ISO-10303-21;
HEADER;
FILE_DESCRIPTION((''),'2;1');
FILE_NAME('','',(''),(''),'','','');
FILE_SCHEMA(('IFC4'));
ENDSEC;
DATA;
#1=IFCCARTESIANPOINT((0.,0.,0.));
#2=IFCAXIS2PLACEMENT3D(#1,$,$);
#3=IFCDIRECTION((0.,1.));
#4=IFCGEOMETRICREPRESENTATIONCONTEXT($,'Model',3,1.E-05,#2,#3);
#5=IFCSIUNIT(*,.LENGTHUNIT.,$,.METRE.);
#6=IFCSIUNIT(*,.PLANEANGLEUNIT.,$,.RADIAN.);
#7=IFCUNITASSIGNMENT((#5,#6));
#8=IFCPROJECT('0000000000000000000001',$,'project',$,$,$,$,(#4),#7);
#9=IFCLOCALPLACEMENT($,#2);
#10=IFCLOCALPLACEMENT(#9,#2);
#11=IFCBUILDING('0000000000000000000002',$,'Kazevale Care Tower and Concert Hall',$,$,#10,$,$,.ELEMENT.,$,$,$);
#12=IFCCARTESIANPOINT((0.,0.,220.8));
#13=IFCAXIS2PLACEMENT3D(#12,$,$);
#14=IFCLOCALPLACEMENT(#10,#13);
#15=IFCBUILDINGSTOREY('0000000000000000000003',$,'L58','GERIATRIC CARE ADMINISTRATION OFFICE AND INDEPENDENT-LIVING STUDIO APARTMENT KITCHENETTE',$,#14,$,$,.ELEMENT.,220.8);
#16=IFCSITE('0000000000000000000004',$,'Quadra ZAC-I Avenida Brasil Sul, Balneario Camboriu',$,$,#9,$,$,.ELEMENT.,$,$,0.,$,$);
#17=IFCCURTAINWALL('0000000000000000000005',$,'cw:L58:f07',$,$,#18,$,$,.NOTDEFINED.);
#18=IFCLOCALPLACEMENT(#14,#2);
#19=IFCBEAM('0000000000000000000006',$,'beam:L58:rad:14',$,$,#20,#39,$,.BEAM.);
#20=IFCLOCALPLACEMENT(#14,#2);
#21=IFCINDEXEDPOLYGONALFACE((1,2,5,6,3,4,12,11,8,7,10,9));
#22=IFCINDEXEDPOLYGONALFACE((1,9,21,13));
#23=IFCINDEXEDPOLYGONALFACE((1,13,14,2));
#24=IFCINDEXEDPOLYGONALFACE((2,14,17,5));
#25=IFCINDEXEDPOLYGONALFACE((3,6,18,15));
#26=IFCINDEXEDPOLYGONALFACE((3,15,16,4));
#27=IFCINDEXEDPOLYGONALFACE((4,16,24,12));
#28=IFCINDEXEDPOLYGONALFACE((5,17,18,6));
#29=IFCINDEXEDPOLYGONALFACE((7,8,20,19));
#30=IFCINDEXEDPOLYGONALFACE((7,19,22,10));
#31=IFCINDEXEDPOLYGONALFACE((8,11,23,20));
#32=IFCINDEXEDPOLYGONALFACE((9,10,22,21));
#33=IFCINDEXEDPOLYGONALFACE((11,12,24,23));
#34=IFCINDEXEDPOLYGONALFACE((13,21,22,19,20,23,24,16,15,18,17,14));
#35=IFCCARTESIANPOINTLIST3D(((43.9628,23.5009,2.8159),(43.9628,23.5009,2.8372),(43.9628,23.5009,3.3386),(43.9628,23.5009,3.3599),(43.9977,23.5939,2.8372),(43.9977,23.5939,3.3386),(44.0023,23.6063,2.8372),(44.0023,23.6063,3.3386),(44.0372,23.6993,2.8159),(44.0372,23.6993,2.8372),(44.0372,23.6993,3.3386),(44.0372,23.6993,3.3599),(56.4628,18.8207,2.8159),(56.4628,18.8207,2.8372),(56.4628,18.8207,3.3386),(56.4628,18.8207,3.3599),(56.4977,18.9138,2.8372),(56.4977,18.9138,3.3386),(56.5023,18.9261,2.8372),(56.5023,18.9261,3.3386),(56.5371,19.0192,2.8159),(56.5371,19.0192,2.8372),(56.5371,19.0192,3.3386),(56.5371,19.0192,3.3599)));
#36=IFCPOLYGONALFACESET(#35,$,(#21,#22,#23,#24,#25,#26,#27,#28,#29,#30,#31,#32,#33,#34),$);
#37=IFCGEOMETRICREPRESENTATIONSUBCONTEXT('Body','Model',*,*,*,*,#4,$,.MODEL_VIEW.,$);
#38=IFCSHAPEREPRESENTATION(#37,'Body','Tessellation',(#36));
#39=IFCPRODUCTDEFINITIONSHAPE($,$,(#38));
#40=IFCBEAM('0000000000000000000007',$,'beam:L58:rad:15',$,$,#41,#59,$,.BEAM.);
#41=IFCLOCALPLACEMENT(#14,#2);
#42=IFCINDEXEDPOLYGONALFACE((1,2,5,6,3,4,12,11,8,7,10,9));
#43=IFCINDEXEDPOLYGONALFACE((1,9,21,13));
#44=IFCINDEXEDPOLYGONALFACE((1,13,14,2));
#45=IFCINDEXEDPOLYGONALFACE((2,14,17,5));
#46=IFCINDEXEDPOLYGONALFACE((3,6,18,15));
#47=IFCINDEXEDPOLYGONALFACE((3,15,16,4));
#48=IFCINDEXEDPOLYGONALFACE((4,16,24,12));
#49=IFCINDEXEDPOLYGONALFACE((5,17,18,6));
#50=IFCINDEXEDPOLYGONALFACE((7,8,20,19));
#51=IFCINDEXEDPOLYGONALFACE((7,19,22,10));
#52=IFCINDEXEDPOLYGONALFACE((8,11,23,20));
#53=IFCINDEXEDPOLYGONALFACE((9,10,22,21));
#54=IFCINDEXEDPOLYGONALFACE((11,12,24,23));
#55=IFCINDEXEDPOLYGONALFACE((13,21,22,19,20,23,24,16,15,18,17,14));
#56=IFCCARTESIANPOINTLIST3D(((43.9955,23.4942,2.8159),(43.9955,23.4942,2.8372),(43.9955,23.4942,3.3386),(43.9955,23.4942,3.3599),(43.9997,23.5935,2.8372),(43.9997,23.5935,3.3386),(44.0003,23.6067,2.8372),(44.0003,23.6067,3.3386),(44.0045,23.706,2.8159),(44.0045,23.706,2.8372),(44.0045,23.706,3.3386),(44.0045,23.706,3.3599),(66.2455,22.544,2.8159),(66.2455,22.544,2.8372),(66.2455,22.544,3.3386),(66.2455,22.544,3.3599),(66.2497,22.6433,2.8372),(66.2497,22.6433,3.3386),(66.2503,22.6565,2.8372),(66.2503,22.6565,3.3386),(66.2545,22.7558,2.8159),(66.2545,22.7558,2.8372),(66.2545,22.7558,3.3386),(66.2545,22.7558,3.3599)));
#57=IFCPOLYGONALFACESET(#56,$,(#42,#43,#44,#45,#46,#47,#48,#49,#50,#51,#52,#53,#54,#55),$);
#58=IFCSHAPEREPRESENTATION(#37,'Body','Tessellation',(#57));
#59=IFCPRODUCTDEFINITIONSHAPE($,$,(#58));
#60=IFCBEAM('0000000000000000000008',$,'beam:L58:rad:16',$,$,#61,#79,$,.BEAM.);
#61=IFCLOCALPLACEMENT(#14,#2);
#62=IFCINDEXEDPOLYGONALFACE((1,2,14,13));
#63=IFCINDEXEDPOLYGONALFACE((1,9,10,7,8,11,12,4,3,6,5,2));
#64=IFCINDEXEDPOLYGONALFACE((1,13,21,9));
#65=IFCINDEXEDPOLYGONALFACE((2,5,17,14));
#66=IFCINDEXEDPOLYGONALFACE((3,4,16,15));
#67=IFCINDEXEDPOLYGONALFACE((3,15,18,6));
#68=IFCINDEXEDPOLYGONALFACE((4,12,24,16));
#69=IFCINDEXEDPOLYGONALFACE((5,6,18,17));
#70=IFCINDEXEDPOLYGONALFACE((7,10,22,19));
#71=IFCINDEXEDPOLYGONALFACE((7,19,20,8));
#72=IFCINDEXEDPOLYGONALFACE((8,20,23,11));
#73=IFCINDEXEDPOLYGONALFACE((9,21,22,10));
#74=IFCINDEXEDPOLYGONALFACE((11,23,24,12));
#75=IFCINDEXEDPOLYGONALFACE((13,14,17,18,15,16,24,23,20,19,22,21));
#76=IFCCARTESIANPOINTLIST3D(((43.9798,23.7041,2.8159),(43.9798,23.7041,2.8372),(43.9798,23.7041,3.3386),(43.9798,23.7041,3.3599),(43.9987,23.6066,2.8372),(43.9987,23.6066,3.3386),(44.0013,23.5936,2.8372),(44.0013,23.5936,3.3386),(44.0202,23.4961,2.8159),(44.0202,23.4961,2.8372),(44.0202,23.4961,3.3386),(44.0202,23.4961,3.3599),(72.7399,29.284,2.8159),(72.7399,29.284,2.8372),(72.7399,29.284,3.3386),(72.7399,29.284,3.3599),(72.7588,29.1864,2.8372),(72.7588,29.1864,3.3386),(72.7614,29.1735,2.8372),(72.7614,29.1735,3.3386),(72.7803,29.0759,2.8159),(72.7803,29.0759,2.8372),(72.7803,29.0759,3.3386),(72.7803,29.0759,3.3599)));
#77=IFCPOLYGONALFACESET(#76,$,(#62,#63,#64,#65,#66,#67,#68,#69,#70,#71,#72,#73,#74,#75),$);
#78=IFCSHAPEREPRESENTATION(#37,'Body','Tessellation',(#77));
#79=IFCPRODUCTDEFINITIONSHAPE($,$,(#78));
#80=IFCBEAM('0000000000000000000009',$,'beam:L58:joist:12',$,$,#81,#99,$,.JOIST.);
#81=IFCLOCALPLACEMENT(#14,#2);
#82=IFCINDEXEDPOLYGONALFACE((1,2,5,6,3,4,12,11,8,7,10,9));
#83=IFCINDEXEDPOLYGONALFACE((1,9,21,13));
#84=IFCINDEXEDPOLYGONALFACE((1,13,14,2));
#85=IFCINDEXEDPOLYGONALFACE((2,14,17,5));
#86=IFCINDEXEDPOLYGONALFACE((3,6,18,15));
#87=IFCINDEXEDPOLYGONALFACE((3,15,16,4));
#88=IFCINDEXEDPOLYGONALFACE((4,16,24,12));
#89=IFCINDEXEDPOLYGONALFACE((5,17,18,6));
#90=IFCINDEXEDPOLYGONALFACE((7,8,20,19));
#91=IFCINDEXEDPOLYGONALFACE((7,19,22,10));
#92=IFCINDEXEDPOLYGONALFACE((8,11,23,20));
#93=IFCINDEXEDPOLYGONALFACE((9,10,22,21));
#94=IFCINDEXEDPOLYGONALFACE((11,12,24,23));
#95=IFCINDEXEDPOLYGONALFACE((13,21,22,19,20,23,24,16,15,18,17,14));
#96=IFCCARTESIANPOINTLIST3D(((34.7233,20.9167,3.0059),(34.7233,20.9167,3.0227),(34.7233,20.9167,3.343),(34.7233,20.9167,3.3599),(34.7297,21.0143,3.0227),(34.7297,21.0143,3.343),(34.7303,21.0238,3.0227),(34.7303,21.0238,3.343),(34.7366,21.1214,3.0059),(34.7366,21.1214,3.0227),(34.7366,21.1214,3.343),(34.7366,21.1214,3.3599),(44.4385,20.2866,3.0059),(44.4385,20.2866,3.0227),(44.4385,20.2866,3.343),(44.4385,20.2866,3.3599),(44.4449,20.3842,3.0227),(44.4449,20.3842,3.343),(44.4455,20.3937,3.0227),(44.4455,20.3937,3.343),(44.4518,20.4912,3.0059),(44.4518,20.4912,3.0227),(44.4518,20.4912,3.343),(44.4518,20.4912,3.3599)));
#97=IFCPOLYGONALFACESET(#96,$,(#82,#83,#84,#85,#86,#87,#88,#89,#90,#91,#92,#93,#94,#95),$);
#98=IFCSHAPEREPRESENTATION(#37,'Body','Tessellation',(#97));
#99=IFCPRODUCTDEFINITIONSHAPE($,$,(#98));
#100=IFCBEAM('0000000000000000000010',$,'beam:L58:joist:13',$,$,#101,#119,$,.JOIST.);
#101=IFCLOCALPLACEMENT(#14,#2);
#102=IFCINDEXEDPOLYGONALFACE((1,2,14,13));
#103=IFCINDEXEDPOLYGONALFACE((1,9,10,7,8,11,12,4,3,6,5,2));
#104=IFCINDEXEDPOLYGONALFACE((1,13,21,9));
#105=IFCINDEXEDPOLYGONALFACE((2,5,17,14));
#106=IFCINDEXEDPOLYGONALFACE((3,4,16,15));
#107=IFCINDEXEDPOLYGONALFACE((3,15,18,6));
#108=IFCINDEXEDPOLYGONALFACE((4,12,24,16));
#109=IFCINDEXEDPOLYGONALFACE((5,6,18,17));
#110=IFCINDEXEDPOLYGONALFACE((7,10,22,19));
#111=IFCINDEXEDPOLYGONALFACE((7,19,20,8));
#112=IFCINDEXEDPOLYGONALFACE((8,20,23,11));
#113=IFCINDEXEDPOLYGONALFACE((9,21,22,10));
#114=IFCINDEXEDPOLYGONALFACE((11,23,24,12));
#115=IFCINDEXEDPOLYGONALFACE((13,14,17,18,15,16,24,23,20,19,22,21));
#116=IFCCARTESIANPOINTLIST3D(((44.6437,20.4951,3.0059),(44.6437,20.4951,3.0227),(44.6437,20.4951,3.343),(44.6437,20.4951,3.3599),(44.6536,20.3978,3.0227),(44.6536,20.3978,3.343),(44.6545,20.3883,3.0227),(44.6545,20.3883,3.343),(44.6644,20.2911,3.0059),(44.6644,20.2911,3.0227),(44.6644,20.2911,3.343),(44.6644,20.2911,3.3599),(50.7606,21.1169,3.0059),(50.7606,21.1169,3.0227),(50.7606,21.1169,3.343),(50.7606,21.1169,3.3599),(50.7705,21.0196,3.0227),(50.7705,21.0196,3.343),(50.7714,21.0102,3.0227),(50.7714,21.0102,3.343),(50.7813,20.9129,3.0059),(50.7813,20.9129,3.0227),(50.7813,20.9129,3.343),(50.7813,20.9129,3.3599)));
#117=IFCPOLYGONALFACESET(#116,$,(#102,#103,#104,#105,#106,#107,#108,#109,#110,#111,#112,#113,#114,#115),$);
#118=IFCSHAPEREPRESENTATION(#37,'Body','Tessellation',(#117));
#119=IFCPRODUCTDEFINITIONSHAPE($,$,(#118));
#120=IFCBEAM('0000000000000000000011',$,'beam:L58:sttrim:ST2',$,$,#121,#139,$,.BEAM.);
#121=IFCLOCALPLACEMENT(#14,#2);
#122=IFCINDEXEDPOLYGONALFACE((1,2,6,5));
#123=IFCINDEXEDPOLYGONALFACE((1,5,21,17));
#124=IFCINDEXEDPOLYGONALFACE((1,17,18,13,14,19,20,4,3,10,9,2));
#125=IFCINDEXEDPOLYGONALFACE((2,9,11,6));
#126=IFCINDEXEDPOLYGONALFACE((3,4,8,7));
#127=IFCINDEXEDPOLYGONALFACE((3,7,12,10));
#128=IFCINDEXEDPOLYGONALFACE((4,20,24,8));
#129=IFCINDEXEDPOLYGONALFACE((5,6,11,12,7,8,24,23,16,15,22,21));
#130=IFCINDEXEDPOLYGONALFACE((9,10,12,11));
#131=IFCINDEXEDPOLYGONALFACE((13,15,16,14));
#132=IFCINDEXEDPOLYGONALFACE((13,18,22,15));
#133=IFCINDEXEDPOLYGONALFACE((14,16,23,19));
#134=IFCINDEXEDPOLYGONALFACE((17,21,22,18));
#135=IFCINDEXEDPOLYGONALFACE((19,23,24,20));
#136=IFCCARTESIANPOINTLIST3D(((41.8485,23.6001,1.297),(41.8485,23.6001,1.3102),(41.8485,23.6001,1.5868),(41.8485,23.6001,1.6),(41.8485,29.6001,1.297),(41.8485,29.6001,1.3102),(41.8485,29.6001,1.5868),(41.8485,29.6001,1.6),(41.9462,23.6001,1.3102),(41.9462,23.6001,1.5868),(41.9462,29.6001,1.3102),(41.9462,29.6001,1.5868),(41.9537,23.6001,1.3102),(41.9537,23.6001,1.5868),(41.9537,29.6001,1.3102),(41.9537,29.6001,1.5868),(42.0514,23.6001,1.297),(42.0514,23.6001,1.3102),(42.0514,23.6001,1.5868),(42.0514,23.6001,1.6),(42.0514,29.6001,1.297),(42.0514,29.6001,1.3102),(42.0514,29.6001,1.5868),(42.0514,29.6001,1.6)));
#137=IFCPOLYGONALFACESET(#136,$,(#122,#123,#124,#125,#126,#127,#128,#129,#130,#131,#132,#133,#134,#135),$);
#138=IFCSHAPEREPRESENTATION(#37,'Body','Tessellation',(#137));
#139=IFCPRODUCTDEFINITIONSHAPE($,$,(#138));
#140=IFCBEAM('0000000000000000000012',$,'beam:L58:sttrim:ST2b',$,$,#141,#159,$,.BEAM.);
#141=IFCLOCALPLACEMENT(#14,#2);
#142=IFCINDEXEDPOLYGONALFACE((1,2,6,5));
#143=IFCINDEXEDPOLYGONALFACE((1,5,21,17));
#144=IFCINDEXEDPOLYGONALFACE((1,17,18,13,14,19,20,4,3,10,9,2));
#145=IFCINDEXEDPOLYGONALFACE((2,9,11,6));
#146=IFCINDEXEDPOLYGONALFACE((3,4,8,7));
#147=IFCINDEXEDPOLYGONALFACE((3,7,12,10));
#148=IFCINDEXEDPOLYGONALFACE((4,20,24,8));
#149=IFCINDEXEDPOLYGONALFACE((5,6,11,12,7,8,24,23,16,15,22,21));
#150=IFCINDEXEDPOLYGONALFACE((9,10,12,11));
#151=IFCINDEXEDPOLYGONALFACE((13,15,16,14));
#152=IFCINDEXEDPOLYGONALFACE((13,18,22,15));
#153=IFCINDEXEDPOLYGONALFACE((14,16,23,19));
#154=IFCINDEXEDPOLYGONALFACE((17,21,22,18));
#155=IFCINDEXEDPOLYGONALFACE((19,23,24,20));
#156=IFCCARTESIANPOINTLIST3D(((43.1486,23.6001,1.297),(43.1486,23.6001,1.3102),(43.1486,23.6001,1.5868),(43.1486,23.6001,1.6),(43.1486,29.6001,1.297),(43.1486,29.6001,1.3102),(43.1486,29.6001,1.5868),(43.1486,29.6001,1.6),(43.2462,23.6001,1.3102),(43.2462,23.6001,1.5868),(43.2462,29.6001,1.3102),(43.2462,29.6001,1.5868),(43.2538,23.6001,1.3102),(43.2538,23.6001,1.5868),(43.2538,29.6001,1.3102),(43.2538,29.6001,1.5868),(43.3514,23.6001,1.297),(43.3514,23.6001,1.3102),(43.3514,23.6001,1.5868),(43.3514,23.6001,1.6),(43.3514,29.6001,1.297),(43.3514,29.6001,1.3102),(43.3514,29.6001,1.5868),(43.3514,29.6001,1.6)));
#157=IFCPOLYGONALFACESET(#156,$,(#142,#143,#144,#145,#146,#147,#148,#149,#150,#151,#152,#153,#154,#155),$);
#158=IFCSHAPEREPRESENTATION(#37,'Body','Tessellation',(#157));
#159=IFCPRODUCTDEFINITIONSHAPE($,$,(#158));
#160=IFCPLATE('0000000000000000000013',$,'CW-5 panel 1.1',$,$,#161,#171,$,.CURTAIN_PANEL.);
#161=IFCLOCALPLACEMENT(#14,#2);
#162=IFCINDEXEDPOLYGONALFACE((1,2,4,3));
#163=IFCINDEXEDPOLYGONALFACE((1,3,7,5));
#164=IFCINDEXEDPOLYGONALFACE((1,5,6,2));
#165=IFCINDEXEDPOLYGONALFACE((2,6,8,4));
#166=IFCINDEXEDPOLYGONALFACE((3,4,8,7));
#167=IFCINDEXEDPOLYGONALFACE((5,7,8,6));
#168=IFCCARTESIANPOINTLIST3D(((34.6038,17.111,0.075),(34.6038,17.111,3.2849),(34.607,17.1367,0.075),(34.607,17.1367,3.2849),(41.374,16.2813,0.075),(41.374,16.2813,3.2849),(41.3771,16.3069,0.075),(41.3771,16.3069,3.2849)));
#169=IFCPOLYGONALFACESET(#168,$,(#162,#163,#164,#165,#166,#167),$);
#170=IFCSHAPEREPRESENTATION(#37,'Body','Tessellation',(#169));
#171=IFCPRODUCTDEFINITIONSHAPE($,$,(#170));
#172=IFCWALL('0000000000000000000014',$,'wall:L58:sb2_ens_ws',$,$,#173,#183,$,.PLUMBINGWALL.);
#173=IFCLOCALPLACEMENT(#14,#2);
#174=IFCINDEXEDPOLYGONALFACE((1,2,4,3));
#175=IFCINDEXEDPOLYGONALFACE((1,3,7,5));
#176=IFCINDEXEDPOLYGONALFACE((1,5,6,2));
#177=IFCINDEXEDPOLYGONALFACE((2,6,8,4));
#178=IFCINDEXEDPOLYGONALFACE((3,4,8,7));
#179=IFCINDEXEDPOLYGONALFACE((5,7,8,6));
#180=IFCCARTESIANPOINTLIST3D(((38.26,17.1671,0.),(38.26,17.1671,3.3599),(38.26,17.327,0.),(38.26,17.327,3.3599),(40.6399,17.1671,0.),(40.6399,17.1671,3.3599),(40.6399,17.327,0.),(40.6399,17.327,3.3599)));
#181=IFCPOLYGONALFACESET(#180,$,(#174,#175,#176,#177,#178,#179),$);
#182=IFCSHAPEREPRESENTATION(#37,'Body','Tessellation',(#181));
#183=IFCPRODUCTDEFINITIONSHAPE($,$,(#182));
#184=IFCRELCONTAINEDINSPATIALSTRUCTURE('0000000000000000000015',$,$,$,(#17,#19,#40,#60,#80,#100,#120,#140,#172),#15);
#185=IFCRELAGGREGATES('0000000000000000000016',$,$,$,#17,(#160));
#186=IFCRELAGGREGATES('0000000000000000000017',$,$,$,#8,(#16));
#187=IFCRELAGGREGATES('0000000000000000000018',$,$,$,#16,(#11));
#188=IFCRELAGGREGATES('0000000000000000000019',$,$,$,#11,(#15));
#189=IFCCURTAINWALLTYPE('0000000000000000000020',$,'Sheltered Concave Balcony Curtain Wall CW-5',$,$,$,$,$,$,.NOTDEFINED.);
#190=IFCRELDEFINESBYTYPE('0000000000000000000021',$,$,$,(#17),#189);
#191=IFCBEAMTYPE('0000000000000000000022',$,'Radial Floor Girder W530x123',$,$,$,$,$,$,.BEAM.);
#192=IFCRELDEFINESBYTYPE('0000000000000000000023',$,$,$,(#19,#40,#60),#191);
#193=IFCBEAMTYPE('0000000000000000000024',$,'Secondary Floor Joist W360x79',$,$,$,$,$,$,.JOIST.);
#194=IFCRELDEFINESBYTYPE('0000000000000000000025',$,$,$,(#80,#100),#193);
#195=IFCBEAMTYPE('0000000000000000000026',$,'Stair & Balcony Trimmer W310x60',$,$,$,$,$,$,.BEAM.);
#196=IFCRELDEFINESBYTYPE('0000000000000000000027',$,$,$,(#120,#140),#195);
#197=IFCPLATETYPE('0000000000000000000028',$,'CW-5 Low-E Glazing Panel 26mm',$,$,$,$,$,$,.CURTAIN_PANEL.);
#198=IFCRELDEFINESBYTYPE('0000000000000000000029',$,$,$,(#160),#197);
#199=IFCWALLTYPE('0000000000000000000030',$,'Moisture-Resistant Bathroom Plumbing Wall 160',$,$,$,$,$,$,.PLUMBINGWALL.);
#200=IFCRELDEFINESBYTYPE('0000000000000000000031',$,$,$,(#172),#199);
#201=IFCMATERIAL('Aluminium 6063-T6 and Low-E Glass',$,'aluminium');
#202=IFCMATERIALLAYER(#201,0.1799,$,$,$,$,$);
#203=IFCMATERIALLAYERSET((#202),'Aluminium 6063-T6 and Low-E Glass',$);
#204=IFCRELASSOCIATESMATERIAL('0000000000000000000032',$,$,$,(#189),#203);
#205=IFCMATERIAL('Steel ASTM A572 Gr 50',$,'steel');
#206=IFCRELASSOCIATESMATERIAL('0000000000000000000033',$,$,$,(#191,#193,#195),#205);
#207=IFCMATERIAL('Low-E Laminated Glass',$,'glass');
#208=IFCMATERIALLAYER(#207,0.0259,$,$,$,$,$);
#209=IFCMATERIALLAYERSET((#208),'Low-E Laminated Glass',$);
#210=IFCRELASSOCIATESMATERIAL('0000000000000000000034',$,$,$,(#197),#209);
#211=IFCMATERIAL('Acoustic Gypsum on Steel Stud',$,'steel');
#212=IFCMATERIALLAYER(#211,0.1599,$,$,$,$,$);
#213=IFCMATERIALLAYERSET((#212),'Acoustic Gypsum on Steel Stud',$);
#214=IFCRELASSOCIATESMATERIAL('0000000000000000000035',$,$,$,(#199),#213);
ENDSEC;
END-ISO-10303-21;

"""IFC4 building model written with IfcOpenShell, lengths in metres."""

from ifc_helpers import new_model, si_unit, direction, frame, frame_2d, origin, origin_2d, place, context, subcontext, project, spatial, rectangle, i_section, extrude, material, layer, layer_set, material_profile, profile_set, type_object, element, aggregate, save


model = new_model("IFC4")

# Units and contexts
model_context = context("Model", 3, precision=1e-05, world=origin(), true_north=direction((0.0, 1.0)))
body_context = subcontext(model_context, "Body", "Model", "MODEL_VIEW")
ifc_project = project(units=[si_unit("LENGTHUNIT", "METRE"), si_unit("PLANEANGLEUNIT", "RADIAN")], contexts=[model_context])

# Site, building, storey
site_placement = place(None, origin())
site = spatial("IfcSite", under=ifc_project, at=site_placement, Name="Quadra ZAC-I Avenida Brasil Sul, Balneario Camboriu", CompositionType="ELEMENT", RefElevation=0.0)
building_placement = place(site_placement, origin())
building = spatial("IfcBuilding", under=site, at=building_placement, Name="Kazevale Care Tower and Concert Hall", CompositionType="ELEMENT")
storey_placement = place(building_placement, frame((0.0, 0.0, 220.8)))
storey = spatial("IfcBuildingStorey", under=building, at=storey_placement, Name="L58", Description="GERIATRIC CARE ADMINISTRATION OFFICE AND INDEPENDENT-LIVING STUDIO APARTMENT KITCHENETTE", CompositionType="ELEMENT", Elevation=220.8)

# Shared definitions
ifc_material_1 = material(Name="Aluminium 6063-T6 and Low-E Glass", Category="aluminium")
ifc_layer_1 = layer(ifc_material_1, 0.1799)
ifc_layer_set_1 = layer_set([ifc_layer_1], Name="Aluminium 6063-T6 and Low-E Glass")
curtain_wall_type = type_object("IfcCurtainWallType", Name="Sheltered Concave Balcony Curtain Wall CW-5", PredefinedType="NOTDEFINED", material=ifc_layer_set_1)

# Curtain wall
curtain_wall_1_placement = place(storey_placement, origin())
curtain_wall_1 = element("IfcCurtainWall", 1, at=curtain_wall_1_placement, inside=storey, type_object=curtain_wall_type, Name="cw:L58:f07", PredefinedType="NOTDEFINED")

# Beams
ifc_material_2 = material(Name="Steel ASTM A572 Gr 50", Category="steel")
ifc_material_profile_1 = material_profile(ifc_material_2, i_section(OverallWidth=0.2119, OverallDepth=0.5439, WebThickness=0.0132, FlangeThickness=0.0212, at=origin_2d()), Name="W530x123")
ifc_profile_set_1 = profile_set([ifc_material_profile_1], Name="Steel ASTM A572 Gr 50")
beam_type_1 = type_object("IfcBeamType", Name="Radial Floor Girder W530x123", PredefinedType="BEAM", material=ifc_profile_set_1)
beam_1_placement = place(storey_placement, frame((44.0, 23.6001, 3.0879), z_axis=(0.936509, -0.350642, 0.0), x_axis=(0.350642, 0.936509, 0.0)))
element("IfcBeam", 2, at=beam_1_placement, inside=storey, type_object=beam_type_1, Name="beam:L58:rad:14", PredefinedType="BEAM", context=body_context, shape_type="SweptSolid", body=[
    extrude(i_section(OverallWidth=0.2119, OverallDepth=0.5439, WebThickness=0.0132, FlangeThickness=0.0212, at=origin_2d()), origin(), (0.0, 0.0, 1.0), 13.3474),
])
beam_2_placement = place(storey_placement, frame((44.0, 23.6001, 3.0879), z_axis=(0.999089, -0.042667, 0.0), x_axis=(0.042667, 0.999089, 0.0)))
element("IfcBeam", 3, at=beam_2_placement, inside=storey, type_object=beam_type_1, Name="beam:L58:rad:15", PredefinedType="BEAM", context=body_context, shape_type="SweptSolid", body=[
    extrude(i_section(OverallWidth=0.2119, OverallDepth=0.5439, WebThickness=0.0132, FlangeThickness=0.0212, at=origin_2d()), origin(), (0.0, 0.0, 1.0), 22.2703),
])
beam_3_placement = place(storey_placement, frame((44.0, 23.6001, 3.0879), z_axis=(0.981695, 0.190462, 0.0), x_axis=(-0.190462, 0.981695, 0.0)))
element("IfcBeam", 4, at=beam_3_placement, inside=storey, type_object=beam_type_1, Name="beam:L58:rad:16", PredefinedType="BEAM", context=body_context, shape_type="SweptSolid", body=[
    extrude(i_section(OverallWidth=0.2119, OverallDepth=0.5439, WebThickness=0.0132, FlangeThickness=0.0212, at=origin_2d()), origin(), (0.0, 0.0, 1.0), 29.2964),
])
ifc_material_profile_2 = material_profile(ifc_material_2, i_section(OverallWidth=0.2051, OverallDepth=0.354, WebThickness=0.0095, FlangeThickness=0.0168, at=origin_2d()), Name="W360x79")
ifc_profile_set_2 = profile_set([ifc_material_profile_2], Name="Steel ASTM A572 Gr 50")
beam_type_2 = type_object("IfcBeamType", Name="Secondary Floor Joist W360x79", PredefinedType="JOIST", material=ifc_profile_set_2)
beam_4_placement = place(storey_placement, frame((34.73, 21.019, 3.1829), z_axis=(0.997903, -0.064725, 0.0), x_axis=(0.064725, 0.997903, 0.0)))
element("IfcBeam", 5, at=beam_4_placement, inside=storey, type_object=beam_type_2, Name="beam:L58:joist:12", PredefinedType="JOIST", context=body_context, shape_type="SweptSolid", body=[
    extrude(i_section(OverallWidth=0.2051, OverallDepth=0.354, WebThickness=0.0095, FlangeThickness=0.0168, at=origin_2d()), origin(), (0.0, 0.0, 1.0), 9.7356),
])
beam_5_placement = place(storey_placement, frame((44.6541, 20.3931, 3.1829), z_axis=(0.994873, 0.101135, 0.0), x_axis=(-0.101135, 0.994873, 0.0)))
element("IfcBeam", 6, at=beam_5_placement, inside=storey, type_object=beam_type_2, Name="beam:L58:joist:13", PredefinedType="JOIST", context=body_context, shape_type="SweptSolid", body=[
    extrude(i_section(OverallWidth=0.2051, OverallDepth=0.354, WebThickness=0.0095, FlangeThickness=0.0168, at=origin_2d()), origin(), (0.0, 0.0, 1.0), 6.1484),
])
ifc_material_profile_3 = material_profile(ifc_material_2, i_section(OverallWidth=0.2029, OverallDepth=0.303, WebThickness=0.0076, FlangeThickness=0.0132, at=origin_2d()), Name="W310x60")
ifc_profile_set_3 = profile_set([ifc_material_profile_3], Name="Steel ASTM A572 Gr 50")
beam_type_3 = type_object("IfcBeamType", Name="Stair & Balcony Trimmer W310x60", PredefinedType="BEAM", material=ifc_profile_set_3)
for number, where, z_axis, x_axis, name in (
    (7, (41.95, 23.6001, 1.4485), (0.0, 1.0, 0.0), (-1.0, 0.0, 0.0), "beam:L58:sttrim:ST2"),
    (8, (43.25, 23.6001, 1.4485), (0.0, 1.0, 0.0), (-1.0, 0.0, 0.0), "beam:L58:sttrim:ST2b"),
):
    element("IfcBeam", number, at=place(storey_placement, frame(where, z_axis=z_axis, x_axis=x_axis)), inside=storey, type_object=beam_type_3, Name=name, PredefinedType="BEAM", context=body_context, shape_type="SweptSolid", body=[
        extrude(i_section(OverallWidth=0.2029, OverallDepth=0.303, WebThickness=0.0076, FlangeThickness=0.0132, at=origin_2d()), origin(), (0.0, 0.0, 1.0), 6.0),
    ])

# Plate
ifc_material_3 = material(Name="Low-E Laminated Glass", Category="glass")
ifc_layer_2 = layer(ifc_material_3, 0.0259)
ifc_layer_set_2 = layer_set([ifc_layer_2], Name="Low-E Laminated Glass")
plate_type = type_object("IfcPlateType", Name="CW-5 Low-E Glazing Panel 26mm", PredefinedType="CURTAIN_PANEL", material=ifc_layer_set_2)
plate_placement = place(storey_placement, frame((37.9905, 16.709, 0.075), z_axis=(0.0, 0.0, 1.0), x_axis=(-0.992573, 0.121651, 0.0)))
plate = element("IfcPlate", 9, at=plate_placement, type_object=plate_type, Name="CW-5 panel 1.1", PredefinedType="CURTAIN_PANEL", context=body_context, shape_type="SweptSolid", body=[
    extrude(rectangle(XDim=6.8208, YDim=0.0259, at=origin_2d()), origin(), (0.0, 0.0, 1.0), 3.21),
])
aggregate(curtain_wall_1, [plate])

# Wall
ifc_material_4 = material(Name="Acoustic Gypsum on Steel Stud", Category="steel")
ifc_layer_3 = layer(ifc_material_4, 0.1599)
ifc_layer_set_3 = layer_set([ifc_layer_3], Name="Acoustic Gypsum on Steel Stud")
wall_type_1 = type_object("IfcWallType", Name="Moisture-Resistant Bathroom Plumbing Wall 160", PredefinedType="PLUMBINGWALL", material=ifc_layer_set_3)
for number, where, z_axis, x_axis, name in (
    (10, (38.26, 17.2471, 0.0), (0.0, 0.0, 1.0), (1.0, 0.0, 0.0), "wall:L58:sb2_ens_ws"),
):
    element("IfcWall", number, at=place(storey_placement, frame(where, z_axis=z_axis, x_axis=x_axis)), inside=storey, type_object=wall_type_1, Name=name, PredefinedType="PLUMBINGWALL", context=body_context, shape_type="SweptSolid", body=[
        extrude(rectangle(XDim=2.3799, YDim=0.1599, at=frame_2d((1.1899, 0.0))), origin(), (0.0, 0.0, 1.0), 3.3599),
    ])

save(model, "model.ifc")
